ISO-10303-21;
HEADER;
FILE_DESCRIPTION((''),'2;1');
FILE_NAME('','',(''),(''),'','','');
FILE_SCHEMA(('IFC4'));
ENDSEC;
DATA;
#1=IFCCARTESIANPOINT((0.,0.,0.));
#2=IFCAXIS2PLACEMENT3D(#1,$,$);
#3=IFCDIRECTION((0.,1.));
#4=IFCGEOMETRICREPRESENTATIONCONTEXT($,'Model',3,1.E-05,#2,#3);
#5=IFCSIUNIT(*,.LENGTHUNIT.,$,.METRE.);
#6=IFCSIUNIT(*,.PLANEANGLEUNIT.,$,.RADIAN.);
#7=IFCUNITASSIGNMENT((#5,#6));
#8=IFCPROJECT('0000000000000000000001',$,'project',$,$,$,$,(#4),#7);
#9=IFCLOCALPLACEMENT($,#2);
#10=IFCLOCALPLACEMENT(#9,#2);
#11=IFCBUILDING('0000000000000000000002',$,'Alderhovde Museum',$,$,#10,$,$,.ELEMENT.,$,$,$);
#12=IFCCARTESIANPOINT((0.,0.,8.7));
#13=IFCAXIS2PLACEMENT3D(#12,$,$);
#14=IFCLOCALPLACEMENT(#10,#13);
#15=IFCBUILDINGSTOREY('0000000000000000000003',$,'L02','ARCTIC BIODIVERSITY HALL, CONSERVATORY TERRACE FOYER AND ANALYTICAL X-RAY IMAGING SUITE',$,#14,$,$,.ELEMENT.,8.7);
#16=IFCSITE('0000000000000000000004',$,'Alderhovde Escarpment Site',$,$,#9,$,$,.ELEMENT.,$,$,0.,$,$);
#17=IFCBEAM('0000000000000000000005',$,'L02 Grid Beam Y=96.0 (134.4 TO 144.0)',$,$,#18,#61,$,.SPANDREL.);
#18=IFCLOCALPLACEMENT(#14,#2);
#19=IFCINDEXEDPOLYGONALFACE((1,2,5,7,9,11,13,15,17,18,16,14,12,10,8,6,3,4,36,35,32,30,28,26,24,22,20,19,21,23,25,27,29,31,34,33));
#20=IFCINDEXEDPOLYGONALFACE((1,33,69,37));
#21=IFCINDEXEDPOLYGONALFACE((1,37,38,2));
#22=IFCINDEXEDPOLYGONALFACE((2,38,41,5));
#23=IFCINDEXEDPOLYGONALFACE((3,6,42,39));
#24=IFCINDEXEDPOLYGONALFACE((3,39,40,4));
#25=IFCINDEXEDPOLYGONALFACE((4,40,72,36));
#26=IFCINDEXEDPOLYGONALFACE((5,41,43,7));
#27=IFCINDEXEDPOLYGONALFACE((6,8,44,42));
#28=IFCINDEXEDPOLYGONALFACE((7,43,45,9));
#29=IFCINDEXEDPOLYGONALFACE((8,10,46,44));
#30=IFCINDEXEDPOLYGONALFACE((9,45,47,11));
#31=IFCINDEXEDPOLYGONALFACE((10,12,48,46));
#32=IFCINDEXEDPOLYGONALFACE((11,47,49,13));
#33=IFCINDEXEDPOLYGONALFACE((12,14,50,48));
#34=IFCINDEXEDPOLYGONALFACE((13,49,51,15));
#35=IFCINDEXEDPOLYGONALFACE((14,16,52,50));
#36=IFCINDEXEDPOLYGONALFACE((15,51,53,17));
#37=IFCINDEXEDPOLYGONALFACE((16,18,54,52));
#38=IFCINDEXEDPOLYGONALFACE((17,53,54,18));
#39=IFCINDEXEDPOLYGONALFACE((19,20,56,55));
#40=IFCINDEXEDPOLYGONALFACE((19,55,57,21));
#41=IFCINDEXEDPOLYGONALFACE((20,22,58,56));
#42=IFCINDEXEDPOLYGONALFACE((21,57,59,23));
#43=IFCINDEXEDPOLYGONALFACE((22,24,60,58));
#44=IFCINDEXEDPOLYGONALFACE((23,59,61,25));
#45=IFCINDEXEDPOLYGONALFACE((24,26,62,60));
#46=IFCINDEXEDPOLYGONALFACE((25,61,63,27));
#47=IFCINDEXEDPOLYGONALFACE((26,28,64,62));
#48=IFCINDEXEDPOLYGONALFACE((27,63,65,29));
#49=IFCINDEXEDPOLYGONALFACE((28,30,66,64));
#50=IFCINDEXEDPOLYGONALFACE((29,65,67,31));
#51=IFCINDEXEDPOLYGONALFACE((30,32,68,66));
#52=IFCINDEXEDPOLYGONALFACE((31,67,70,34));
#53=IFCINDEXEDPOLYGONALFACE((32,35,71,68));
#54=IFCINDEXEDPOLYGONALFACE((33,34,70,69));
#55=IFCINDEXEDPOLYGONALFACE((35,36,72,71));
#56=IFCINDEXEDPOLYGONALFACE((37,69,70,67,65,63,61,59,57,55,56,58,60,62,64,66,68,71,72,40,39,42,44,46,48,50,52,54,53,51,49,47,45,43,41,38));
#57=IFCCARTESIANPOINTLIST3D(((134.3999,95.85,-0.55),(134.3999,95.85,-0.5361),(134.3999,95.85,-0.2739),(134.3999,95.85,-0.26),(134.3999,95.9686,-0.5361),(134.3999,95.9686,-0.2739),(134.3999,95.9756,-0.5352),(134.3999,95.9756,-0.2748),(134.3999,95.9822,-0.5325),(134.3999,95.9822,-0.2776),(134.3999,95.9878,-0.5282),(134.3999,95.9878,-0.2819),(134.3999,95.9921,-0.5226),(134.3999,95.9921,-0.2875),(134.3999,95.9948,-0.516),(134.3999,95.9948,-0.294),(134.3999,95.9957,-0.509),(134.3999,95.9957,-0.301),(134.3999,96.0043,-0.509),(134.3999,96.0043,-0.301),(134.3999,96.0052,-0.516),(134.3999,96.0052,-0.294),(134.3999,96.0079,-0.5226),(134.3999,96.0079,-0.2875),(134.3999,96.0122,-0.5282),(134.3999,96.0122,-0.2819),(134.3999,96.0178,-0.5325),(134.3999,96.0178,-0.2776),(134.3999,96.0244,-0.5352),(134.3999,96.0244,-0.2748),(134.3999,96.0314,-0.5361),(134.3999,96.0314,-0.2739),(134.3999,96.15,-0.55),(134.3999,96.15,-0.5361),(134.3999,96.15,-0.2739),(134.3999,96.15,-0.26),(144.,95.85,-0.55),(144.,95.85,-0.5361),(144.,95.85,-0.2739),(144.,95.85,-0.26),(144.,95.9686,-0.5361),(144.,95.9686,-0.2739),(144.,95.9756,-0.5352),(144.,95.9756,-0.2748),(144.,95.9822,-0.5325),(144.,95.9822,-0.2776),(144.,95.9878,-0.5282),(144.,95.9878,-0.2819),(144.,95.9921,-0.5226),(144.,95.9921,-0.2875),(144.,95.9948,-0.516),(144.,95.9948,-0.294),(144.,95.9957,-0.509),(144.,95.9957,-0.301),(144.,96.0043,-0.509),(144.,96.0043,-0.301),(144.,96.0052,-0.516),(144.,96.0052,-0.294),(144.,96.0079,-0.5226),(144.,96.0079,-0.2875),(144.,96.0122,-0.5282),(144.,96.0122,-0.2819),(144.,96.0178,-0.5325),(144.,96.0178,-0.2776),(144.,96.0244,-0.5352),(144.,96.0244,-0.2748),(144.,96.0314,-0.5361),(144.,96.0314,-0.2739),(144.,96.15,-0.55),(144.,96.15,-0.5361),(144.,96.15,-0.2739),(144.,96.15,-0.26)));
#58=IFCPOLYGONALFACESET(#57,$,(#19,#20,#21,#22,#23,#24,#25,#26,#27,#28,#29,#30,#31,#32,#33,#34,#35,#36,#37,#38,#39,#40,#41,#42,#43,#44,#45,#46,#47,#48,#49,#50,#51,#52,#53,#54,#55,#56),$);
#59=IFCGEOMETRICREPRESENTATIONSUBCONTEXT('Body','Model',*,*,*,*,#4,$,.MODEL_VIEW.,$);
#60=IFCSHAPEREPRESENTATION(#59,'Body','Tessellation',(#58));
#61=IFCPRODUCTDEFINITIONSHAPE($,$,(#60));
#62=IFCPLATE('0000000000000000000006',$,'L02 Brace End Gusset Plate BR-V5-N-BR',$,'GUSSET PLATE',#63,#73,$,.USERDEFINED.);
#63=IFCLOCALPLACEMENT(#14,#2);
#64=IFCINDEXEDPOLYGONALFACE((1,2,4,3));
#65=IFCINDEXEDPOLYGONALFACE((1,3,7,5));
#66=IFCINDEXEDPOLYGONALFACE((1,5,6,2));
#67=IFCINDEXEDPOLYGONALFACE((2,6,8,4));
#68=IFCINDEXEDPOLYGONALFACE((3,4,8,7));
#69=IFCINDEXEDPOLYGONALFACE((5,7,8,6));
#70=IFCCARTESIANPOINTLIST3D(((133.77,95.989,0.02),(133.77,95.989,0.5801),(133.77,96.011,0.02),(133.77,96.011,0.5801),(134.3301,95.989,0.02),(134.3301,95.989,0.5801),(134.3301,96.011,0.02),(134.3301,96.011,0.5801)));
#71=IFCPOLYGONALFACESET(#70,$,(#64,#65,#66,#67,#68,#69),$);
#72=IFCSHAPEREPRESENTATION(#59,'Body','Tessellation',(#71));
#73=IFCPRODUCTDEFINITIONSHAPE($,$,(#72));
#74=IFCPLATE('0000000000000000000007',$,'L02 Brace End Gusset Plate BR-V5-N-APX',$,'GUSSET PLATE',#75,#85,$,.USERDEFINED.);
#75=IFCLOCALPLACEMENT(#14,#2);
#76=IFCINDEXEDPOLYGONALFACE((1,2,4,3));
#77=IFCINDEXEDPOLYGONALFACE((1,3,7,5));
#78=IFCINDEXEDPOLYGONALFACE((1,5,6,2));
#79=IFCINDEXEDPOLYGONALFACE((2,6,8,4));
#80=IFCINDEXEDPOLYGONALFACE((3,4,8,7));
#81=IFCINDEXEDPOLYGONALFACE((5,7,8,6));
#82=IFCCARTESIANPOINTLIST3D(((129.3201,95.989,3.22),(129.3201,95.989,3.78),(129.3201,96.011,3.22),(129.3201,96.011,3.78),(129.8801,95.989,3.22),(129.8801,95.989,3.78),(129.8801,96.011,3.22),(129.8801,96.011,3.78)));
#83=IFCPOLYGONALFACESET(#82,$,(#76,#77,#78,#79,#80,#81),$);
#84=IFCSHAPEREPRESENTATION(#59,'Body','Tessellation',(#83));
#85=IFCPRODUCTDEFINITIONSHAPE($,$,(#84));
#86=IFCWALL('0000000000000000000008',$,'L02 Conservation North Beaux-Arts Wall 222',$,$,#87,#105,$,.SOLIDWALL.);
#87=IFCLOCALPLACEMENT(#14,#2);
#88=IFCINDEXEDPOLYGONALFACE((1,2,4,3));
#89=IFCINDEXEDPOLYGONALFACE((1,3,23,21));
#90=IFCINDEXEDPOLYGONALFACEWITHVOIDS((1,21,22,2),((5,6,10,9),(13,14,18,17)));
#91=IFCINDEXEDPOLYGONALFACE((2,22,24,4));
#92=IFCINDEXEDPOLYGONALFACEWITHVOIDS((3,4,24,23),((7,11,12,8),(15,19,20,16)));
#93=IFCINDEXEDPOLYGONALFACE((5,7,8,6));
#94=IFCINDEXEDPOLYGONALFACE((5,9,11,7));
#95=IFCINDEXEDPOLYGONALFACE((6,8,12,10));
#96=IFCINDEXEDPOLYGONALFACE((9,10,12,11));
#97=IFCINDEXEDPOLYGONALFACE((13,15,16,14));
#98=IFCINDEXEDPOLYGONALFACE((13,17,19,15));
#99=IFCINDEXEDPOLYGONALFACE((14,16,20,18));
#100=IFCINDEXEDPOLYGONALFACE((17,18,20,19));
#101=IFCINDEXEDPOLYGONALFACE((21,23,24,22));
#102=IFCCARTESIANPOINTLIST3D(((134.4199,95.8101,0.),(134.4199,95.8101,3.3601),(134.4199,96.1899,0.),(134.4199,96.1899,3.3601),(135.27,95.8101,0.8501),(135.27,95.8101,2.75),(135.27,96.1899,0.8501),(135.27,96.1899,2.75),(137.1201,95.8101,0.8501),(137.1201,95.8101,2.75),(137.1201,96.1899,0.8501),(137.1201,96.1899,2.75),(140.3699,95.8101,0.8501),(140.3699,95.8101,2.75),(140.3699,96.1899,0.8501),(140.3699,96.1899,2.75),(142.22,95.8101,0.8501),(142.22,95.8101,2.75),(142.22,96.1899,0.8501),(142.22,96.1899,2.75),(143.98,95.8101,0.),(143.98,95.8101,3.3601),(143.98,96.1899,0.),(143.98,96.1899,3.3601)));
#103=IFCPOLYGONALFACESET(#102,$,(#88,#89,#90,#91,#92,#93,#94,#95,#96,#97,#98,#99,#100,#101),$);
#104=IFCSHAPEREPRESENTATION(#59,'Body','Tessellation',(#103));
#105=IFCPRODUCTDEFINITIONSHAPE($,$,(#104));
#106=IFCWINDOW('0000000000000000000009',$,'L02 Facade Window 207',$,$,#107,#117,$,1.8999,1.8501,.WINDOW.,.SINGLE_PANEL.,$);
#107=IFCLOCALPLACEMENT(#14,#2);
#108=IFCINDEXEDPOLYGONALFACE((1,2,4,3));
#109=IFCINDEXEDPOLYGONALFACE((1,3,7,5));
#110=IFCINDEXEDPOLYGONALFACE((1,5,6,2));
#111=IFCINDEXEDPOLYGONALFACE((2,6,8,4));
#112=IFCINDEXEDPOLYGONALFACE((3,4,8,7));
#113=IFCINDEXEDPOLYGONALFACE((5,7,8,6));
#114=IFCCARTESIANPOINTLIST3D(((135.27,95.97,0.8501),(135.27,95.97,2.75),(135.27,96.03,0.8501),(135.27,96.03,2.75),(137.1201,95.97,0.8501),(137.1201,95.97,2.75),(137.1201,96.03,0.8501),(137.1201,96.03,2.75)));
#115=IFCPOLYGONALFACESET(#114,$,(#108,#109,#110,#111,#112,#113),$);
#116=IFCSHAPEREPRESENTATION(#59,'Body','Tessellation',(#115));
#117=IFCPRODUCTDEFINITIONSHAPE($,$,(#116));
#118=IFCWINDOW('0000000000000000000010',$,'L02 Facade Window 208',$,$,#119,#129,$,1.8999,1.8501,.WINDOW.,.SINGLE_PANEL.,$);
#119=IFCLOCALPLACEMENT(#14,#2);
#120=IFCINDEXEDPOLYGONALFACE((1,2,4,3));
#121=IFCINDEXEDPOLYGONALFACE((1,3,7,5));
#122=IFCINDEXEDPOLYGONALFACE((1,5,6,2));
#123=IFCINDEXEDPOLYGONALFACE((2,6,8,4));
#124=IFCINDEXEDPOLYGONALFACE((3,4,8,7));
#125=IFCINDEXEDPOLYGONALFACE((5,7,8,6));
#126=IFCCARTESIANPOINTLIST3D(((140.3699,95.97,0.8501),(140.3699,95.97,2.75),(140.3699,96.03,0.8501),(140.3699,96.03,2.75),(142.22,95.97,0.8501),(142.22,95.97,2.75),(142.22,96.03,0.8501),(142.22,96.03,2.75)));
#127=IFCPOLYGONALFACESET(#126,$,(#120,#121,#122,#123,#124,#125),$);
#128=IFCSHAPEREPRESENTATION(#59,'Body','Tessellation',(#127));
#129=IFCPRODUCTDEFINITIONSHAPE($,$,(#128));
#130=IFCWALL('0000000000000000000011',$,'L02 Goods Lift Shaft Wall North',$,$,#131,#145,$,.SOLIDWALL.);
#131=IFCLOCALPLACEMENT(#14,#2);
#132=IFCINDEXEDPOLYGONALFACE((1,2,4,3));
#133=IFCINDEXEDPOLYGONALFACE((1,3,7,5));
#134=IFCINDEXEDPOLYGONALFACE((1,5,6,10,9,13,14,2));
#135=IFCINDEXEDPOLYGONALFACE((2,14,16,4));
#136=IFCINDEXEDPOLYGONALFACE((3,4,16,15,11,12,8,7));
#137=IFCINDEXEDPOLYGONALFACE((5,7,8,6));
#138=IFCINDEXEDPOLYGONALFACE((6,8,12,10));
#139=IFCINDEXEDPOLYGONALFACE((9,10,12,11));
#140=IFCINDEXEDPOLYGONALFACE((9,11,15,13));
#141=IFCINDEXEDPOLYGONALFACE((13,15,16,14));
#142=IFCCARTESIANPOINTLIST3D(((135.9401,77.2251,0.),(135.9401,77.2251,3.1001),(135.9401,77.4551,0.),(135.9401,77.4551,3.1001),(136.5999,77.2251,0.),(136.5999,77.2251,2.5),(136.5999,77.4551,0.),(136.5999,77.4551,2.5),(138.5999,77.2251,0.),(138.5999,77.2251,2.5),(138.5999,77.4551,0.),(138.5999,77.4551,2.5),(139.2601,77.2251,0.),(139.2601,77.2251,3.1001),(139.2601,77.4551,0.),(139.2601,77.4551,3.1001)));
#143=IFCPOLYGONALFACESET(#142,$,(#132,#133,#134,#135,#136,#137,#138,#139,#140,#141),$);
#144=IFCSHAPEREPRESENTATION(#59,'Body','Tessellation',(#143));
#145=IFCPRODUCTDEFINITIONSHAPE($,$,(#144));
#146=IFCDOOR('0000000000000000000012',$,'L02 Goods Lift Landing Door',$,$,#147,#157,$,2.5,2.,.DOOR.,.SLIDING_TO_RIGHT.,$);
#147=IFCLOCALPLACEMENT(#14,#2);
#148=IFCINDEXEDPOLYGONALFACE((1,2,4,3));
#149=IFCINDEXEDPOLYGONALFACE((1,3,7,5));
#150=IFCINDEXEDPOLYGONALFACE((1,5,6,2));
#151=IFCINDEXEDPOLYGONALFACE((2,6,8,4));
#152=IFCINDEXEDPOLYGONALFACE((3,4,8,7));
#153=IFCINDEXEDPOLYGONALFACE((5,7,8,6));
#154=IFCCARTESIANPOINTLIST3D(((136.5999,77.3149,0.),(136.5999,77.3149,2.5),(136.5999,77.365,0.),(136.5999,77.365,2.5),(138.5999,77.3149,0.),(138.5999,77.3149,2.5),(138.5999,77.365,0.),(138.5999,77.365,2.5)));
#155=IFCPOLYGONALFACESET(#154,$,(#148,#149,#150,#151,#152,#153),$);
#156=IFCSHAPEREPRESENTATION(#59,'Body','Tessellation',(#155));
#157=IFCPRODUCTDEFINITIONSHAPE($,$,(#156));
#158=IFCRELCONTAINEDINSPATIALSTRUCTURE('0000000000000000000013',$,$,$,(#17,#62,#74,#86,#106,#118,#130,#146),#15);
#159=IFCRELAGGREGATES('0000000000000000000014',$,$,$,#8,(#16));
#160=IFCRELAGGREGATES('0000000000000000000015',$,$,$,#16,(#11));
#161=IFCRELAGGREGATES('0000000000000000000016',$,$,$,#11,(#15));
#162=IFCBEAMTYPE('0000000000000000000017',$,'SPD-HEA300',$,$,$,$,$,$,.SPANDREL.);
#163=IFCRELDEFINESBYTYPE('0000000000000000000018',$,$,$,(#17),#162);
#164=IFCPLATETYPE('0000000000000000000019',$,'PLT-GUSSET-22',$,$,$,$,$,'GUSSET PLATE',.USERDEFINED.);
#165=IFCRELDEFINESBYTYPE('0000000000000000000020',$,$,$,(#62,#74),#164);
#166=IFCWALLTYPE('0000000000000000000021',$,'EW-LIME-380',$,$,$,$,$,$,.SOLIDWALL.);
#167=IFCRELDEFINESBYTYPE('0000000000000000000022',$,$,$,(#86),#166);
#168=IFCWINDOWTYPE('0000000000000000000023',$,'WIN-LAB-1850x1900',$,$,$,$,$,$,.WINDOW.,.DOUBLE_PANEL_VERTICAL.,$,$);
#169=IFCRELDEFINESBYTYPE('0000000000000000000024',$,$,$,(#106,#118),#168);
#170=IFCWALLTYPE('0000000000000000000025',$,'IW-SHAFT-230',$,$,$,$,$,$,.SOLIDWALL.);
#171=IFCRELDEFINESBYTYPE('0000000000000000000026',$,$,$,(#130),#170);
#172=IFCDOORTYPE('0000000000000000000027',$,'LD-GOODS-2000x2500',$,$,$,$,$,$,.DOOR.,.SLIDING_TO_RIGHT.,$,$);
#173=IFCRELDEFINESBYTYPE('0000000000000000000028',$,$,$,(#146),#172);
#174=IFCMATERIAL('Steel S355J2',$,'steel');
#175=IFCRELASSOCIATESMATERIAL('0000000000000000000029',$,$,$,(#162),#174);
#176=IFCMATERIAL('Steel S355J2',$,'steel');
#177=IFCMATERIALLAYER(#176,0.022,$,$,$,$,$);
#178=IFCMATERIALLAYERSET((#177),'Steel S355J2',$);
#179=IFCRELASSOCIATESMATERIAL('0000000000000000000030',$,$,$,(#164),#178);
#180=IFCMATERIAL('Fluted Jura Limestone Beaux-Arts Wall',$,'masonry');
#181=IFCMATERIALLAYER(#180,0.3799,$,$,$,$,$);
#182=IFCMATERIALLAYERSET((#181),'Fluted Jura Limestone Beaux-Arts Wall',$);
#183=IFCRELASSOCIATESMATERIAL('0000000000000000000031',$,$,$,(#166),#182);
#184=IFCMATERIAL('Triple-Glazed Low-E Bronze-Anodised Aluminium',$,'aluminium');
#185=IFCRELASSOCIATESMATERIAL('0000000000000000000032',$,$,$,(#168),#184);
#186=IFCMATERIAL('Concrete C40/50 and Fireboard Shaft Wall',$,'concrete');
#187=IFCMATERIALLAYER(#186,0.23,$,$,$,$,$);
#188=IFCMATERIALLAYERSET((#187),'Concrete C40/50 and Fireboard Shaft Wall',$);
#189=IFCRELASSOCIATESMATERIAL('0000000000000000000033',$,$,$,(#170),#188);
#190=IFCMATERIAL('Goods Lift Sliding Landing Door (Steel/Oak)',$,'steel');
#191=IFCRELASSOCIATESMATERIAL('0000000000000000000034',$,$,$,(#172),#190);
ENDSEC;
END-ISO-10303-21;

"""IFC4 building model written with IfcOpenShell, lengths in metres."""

from ifc_helpers import new_model, si_unit, direction, frame, frame_2d, origin, origin_2d, place, context, subcontext, project, spatial, rectangle, i_section, extrude, material, layer, layer_set, material_profile, profile_set, type_object, element, fill, save


model = new_model("IFC4")

# Units and contexts
model_context = context("Model", 3, precision=1e-05, world=origin(), true_north=direction((0.0, 1.0)))
body_context = subcontext(model_context, "Body", "Model", "MODEL_VIEW")
ifc_project = project(units=[si_unit("LENGTHUNIT", "METRE"), si_unit("PLANEANGLEUNIT", "RADIAN")], contexts=[model_context])

# Site, building, storey
site_placement = place(None, origin())
site = spatial("IfcSite", under=ifc_project, at=site_placement, Name="Alderhovde Escarpment Site", CompositionType="ELEMENT", RefElevation=0.0)
building_placement = place(site_placement, origin())
building = spatial("IfcBuilding", under=site, at=building_placement, Name="Alderhovde Museum", CompositionType="ELEMENT")
storey_placement = place(building_placement, frame((0.0, 0.0, 8.7)))
storey = spatial("IfcBuildingStorey", under=building, at=storey_placement, Name="L02", Description="ARCTIC BIODIVERSITY HALL, CONSERVATORY TERRACE FOYER AND ANALYTICAL X-RAY IMAGING SUITE", CompositionType="ELEMENT", Elevation=8.7)

# Beam
ifc_material_1 = material(Name="Steel S355J2", Category="steel")
ifc_material_profile_1 = material_profile(ifc_material_1, i_section(OverallWidth=0.3, OverallDepth=0.29, WebThickness=0.0085, FlangeThickness=0.0139, FilletRadius=0.0271, at=origin_2d()), Name="HEA 300")
ifc_profile_set_1 = profile_set([ifc_material_profile_1], Name="Steel S355J2")
beam_type_1 = type_object("IfcBeamType", Name="SPD-HEA300", PredefinedType="SPANDREL", material=ifc_profile_set_1)
beam_1_placement = place(storey_placement, frame((134.3999, 96.0, -0.405), z_axis=(1.0, 0.0, 0.0), x_axis=(0.0, 1.0, 0.0)))
element("IfcBeam", 1, at=beam_1_placement, inside=storey, type_object=beam_type_1, Name="L02 Grid Beam Y=96.0 (134.4 TO 144.0)", PredefinedType="SPANDREL", context=body_context, shape_type="SweptSolid", body=[
    extrude(i_section(OverallWidth=0.3, OverallDepth=0.29, WebThickness=0.0085, FlangeThickness=0.0139, FilletRadius=0.0271, at=origin_2d()), origin(), (0.0, 0.0, 1.0), 9.6001),
])

# Plates
ifc_material_2 = material(Name="Steel S355J2", Category="steel")
ifc_layer_1 = layer(ifc_material_2, 0.022)
ifc_layer_set_1 = layer_set([ifc_layer_1], Name="Steel S355J2")
plate_type = type_object("IfcPlateType", Name="PLT-GUSSET-22", ElementType="GUSSET PLATE", PredefinedType="USERDEFINED", material=ifc_layer_set_1)
for number, where, z_axis, x_axis, name in (
    (2, (134.05, 96.0, 0.02), (0.0, 0.0, 1.0), (1.0, 0.0, 0.0), "L02 Brace End Gusset Plate BR-V5-N-BR"),
    (3, (129.6001, 96.0, 3.22), (0.0, 0.0, 1.0), (1.0, 0.0, 0.0), "L02 Brace End Gusset Plate BR-V5-N-APX"),
):
    element("IfcPlate", number, at=place(storey_placement, frame(where, z_axis=z_axis, x_axis=x_axis)), inside=storey, type_object=plate_type, Name=name, ObjectType="GUSSET PLATE", PredefinedType="USERDEFINED", context=body_context, shape_type="SweptSolid", body=[
        extrude(rectangle(XDim=0.5601, YDim=0.022, at=origin_2d()), origin(), (0.0, 0.0, 1.0), 0.5601),
    ])

# Wall, openings, windows
ifc_material_3 = material(Name="Fluted Jura Limestone Beaux-Arts Wall", Category="masonry")
ifc_layer_2 = layer(ifc_material_3, 0.3799)
ifc_layer_set_2 = layer_set([ifc_layer_2], Name="Fluted Jura Limestone Beaux-Arts Wall")
wall_type_1 = type_object("IfcWallType", Name="EW-LIME-380", PredefinedType="SOLIDWALL", material=ifc_layer_set_2)
wall_1_placement = place(storey_placement, frame((134.4199, 96.0, 0.0), z_axis=(0.0, 0.0, 1.0), x_axis=(1.0, 0.0, 0.0)))
wall_1 = element("IfcWall", 4, at=wall_1_placement, inside=storey, type_object=wall_type_1, Name="L02 Conservation North Beaux-Arts Wall 222", PredefinedType="SOLIDWALL", context=body_context, shape_type="SweptSolid", body=[
    extrude(rectangle(XDim=9.5601, YDim=0.3799, at=frame_2d((4.78, 0.0))), origin(), (0.0, 0.0, 1.0), 3.3601),
])
opening_1_placement = place(wall_1_placement, frame((0.8501, 0.0, 0.8501)))
opening_1 = element("IfcOpeningElement", 5, at=opening_1_placement, cuts=wall_1, PredefinedType="OPENING", context=body_context, shape_type="SweptSolid", body=[
    extrude(rectangle(XDim=1.8501, YDim=1.8999, at=frame_2d((0.925, 0.95))), frame((0.0, 0.2, 0.0), z_axis=(0.0, -1.0, 0.0), x_axis=(1.0, 0.0, 0.0)), (0.0, 0.0, 1.0), 0.3999),
])
opening_2_placement = place(wall_1_placement, frame((5.95, 0.0, 0.8501)))
opening_2 = element("IfcOpeningElement", 6, at=opening_2_placement, cuts=wall_1, PredefinedType="OPENING", context=body_context, shape_type="SweptSolid", body=[
    extrude(rectangle(XDim=1.8501, YDim=1.8999, at=frame_2d((0.925, 0.95))), frame((0.0, 0.2, 0.0), z_axis=(0.0, -1.0, 0.0), x_axis=(1.0, 0.0, 0.0)), (0.0, 0.0, 1.0), 0.3999),
])
ifc_material_4 = material(Name="Triple-Glazed Low-E Bronze-Anodised Aluminium", Category="aluminium")
window_type = type_object("IfcWindowType", Name="WIN-LAB-1850x1900", PartitioningType="DOUBLE_PANEL_VERTICAL", PredefinedType="WINDOW", material=ifc_material_4)
window_1_placement = place(opening_1_placement, origin())
window_1 = element("IfcWindow", 7, at=window_1_placement, inside=storey, type_object=window_type, Name="L02 Facade Window 207", OverallHeight=1.8999, OverallWidth=1.8501, PartitioningType="SINGLE_PANEL", PredefinedType="WINDOW", context=body_context, shape_type="SweptSolid", body=[
    extrude(rectangle(XDim=1.8501, YDim=1.8999, at=frame_2d((0.925, 0.95))), frame((0.0, 0.03, 0.0), z_axis=(0.0, -1.0, 0.0), x_axis=(1.0, 0.0, 0.0)), (0.0, 0.0, 1.0), 0.0601),
])
fill(opening_1, window_1)
window_2_placement = place(opening_2_placement, origin())
window_2 = element("IfcWindow", 8, at=window_2_placement, inside=storey, type_object=window_type, Name="L02 Facade Window 208", OverallHeight=1.8999, OverallWidth=1.8501, PartitioningType="SINGLE_PANEL", PredefinedType="WINDOW", context=body_context, shape_type="SweptSolid", body=[
    extrude(rectangle(XDim=1.8501, YDim=1.8999, at=frame_2d((0.925, 0.95))), frame((0.0, 0.03, 0.0), z_axis=(0.0, -1.0, 0.0), x_axis=(1.0, 0.0, 0.0)), (0.0, 0.0, 1.0), 0.0601),
])
fill(opening_2, window_2)

# Wall, opening, door
ifc_material_5 = material(Name="Concrete C40/50 and Fireboard Shaft Wall", Category="concrete")
ifc_layer_3 = layer(ifc_material_5, 0.23)
ifc_layer_set_3 = layer_set([ifc_layer_3], Name="Concrete C40/50 and Fireboard Shaft Wall")
wall_type_2 = type_object("IfcWallType", Name="IW-SHAFT-230", PredefinedType="SOLIDWALL", material=ifc_layer_set_3)
wall_2_placement = place(storey_placement, frame((135.9399, 77.3401, 0.0), z_axis=(0.0, 0.0, 1.0), x_axis=(1.0, 0.0, 0.0)))
wall_2 = element("IfcWall", 9, at=wall_2_placement, inside=storey, type_object=wall_type_2, Name="L02 Goods Lift Shaft Wall North", PredefinedType="SOLIDWALL", context=body_context, shape_type="SweptSolid", body=[
    extrude(rectangle(XDim=3.3201, YDim=0.23, at=frame_2d((1.6602, 0.0))), origin(), (0.0, 0.0, 1.0), 3.1001),
])
opening_3_placement = place(wall_2_placement, frame((0.6599, 0.0, 0.0)))
opening_3 = element("IfcOpeningElement", 10, at=opening_3_placement, cuts=wall_2, PredefinedType="OPENING", context=body_context, shape_type="SweptSolid", body=[
    extrude(rectangle(XDim=2.0, YDim=2.5, at=frame_2d((1.0, 1.25))), frame((0.0, 0.125, 0.0), z_axis=(0.0, -1.0, 0.0), x_axis=(1.0, 0.0, 0.0)), (0.0, 0.0, 1.0), 0.25),
])
ifc_material_6 = material(Name="Goods Lift Sliding Landing Door (Steel/Oak)", Category="steel")
door_type = type_object("IfcDoorType", Name="LD-GOODS-2000x2500", OperationType="SLIDING_TO_RIGHT", PredefinedType="DOOR", material=ifc_material_6)
door_placement = place(opening_3_placement, origin())
door = element("IfcDoor", 11, at=door_placement, inside=storey, type_object=door_type, Name="L02 Goods Lift Landing Door", OperationType="SLIDING_TO_RIGHT", OverallHeight=2.5, OverallWidth=2.0, PredefinedType="DOOR", context=body_context, shape_type="SweptSolid", body=[
    extrude(rectangle(XDim=2.0, YDim=2.5, at=frame_2d((1.0, 1.25))), frame((0.0, 0.0249, 0.0), z_axis=(0.0, -1.0, 0.0), x_axis=(1.0, 0.0, 0.0)), (0.0, 0.0, 1.0), 0.05),
])
fill(opening_3, door)

save(model, "model.ifc")
